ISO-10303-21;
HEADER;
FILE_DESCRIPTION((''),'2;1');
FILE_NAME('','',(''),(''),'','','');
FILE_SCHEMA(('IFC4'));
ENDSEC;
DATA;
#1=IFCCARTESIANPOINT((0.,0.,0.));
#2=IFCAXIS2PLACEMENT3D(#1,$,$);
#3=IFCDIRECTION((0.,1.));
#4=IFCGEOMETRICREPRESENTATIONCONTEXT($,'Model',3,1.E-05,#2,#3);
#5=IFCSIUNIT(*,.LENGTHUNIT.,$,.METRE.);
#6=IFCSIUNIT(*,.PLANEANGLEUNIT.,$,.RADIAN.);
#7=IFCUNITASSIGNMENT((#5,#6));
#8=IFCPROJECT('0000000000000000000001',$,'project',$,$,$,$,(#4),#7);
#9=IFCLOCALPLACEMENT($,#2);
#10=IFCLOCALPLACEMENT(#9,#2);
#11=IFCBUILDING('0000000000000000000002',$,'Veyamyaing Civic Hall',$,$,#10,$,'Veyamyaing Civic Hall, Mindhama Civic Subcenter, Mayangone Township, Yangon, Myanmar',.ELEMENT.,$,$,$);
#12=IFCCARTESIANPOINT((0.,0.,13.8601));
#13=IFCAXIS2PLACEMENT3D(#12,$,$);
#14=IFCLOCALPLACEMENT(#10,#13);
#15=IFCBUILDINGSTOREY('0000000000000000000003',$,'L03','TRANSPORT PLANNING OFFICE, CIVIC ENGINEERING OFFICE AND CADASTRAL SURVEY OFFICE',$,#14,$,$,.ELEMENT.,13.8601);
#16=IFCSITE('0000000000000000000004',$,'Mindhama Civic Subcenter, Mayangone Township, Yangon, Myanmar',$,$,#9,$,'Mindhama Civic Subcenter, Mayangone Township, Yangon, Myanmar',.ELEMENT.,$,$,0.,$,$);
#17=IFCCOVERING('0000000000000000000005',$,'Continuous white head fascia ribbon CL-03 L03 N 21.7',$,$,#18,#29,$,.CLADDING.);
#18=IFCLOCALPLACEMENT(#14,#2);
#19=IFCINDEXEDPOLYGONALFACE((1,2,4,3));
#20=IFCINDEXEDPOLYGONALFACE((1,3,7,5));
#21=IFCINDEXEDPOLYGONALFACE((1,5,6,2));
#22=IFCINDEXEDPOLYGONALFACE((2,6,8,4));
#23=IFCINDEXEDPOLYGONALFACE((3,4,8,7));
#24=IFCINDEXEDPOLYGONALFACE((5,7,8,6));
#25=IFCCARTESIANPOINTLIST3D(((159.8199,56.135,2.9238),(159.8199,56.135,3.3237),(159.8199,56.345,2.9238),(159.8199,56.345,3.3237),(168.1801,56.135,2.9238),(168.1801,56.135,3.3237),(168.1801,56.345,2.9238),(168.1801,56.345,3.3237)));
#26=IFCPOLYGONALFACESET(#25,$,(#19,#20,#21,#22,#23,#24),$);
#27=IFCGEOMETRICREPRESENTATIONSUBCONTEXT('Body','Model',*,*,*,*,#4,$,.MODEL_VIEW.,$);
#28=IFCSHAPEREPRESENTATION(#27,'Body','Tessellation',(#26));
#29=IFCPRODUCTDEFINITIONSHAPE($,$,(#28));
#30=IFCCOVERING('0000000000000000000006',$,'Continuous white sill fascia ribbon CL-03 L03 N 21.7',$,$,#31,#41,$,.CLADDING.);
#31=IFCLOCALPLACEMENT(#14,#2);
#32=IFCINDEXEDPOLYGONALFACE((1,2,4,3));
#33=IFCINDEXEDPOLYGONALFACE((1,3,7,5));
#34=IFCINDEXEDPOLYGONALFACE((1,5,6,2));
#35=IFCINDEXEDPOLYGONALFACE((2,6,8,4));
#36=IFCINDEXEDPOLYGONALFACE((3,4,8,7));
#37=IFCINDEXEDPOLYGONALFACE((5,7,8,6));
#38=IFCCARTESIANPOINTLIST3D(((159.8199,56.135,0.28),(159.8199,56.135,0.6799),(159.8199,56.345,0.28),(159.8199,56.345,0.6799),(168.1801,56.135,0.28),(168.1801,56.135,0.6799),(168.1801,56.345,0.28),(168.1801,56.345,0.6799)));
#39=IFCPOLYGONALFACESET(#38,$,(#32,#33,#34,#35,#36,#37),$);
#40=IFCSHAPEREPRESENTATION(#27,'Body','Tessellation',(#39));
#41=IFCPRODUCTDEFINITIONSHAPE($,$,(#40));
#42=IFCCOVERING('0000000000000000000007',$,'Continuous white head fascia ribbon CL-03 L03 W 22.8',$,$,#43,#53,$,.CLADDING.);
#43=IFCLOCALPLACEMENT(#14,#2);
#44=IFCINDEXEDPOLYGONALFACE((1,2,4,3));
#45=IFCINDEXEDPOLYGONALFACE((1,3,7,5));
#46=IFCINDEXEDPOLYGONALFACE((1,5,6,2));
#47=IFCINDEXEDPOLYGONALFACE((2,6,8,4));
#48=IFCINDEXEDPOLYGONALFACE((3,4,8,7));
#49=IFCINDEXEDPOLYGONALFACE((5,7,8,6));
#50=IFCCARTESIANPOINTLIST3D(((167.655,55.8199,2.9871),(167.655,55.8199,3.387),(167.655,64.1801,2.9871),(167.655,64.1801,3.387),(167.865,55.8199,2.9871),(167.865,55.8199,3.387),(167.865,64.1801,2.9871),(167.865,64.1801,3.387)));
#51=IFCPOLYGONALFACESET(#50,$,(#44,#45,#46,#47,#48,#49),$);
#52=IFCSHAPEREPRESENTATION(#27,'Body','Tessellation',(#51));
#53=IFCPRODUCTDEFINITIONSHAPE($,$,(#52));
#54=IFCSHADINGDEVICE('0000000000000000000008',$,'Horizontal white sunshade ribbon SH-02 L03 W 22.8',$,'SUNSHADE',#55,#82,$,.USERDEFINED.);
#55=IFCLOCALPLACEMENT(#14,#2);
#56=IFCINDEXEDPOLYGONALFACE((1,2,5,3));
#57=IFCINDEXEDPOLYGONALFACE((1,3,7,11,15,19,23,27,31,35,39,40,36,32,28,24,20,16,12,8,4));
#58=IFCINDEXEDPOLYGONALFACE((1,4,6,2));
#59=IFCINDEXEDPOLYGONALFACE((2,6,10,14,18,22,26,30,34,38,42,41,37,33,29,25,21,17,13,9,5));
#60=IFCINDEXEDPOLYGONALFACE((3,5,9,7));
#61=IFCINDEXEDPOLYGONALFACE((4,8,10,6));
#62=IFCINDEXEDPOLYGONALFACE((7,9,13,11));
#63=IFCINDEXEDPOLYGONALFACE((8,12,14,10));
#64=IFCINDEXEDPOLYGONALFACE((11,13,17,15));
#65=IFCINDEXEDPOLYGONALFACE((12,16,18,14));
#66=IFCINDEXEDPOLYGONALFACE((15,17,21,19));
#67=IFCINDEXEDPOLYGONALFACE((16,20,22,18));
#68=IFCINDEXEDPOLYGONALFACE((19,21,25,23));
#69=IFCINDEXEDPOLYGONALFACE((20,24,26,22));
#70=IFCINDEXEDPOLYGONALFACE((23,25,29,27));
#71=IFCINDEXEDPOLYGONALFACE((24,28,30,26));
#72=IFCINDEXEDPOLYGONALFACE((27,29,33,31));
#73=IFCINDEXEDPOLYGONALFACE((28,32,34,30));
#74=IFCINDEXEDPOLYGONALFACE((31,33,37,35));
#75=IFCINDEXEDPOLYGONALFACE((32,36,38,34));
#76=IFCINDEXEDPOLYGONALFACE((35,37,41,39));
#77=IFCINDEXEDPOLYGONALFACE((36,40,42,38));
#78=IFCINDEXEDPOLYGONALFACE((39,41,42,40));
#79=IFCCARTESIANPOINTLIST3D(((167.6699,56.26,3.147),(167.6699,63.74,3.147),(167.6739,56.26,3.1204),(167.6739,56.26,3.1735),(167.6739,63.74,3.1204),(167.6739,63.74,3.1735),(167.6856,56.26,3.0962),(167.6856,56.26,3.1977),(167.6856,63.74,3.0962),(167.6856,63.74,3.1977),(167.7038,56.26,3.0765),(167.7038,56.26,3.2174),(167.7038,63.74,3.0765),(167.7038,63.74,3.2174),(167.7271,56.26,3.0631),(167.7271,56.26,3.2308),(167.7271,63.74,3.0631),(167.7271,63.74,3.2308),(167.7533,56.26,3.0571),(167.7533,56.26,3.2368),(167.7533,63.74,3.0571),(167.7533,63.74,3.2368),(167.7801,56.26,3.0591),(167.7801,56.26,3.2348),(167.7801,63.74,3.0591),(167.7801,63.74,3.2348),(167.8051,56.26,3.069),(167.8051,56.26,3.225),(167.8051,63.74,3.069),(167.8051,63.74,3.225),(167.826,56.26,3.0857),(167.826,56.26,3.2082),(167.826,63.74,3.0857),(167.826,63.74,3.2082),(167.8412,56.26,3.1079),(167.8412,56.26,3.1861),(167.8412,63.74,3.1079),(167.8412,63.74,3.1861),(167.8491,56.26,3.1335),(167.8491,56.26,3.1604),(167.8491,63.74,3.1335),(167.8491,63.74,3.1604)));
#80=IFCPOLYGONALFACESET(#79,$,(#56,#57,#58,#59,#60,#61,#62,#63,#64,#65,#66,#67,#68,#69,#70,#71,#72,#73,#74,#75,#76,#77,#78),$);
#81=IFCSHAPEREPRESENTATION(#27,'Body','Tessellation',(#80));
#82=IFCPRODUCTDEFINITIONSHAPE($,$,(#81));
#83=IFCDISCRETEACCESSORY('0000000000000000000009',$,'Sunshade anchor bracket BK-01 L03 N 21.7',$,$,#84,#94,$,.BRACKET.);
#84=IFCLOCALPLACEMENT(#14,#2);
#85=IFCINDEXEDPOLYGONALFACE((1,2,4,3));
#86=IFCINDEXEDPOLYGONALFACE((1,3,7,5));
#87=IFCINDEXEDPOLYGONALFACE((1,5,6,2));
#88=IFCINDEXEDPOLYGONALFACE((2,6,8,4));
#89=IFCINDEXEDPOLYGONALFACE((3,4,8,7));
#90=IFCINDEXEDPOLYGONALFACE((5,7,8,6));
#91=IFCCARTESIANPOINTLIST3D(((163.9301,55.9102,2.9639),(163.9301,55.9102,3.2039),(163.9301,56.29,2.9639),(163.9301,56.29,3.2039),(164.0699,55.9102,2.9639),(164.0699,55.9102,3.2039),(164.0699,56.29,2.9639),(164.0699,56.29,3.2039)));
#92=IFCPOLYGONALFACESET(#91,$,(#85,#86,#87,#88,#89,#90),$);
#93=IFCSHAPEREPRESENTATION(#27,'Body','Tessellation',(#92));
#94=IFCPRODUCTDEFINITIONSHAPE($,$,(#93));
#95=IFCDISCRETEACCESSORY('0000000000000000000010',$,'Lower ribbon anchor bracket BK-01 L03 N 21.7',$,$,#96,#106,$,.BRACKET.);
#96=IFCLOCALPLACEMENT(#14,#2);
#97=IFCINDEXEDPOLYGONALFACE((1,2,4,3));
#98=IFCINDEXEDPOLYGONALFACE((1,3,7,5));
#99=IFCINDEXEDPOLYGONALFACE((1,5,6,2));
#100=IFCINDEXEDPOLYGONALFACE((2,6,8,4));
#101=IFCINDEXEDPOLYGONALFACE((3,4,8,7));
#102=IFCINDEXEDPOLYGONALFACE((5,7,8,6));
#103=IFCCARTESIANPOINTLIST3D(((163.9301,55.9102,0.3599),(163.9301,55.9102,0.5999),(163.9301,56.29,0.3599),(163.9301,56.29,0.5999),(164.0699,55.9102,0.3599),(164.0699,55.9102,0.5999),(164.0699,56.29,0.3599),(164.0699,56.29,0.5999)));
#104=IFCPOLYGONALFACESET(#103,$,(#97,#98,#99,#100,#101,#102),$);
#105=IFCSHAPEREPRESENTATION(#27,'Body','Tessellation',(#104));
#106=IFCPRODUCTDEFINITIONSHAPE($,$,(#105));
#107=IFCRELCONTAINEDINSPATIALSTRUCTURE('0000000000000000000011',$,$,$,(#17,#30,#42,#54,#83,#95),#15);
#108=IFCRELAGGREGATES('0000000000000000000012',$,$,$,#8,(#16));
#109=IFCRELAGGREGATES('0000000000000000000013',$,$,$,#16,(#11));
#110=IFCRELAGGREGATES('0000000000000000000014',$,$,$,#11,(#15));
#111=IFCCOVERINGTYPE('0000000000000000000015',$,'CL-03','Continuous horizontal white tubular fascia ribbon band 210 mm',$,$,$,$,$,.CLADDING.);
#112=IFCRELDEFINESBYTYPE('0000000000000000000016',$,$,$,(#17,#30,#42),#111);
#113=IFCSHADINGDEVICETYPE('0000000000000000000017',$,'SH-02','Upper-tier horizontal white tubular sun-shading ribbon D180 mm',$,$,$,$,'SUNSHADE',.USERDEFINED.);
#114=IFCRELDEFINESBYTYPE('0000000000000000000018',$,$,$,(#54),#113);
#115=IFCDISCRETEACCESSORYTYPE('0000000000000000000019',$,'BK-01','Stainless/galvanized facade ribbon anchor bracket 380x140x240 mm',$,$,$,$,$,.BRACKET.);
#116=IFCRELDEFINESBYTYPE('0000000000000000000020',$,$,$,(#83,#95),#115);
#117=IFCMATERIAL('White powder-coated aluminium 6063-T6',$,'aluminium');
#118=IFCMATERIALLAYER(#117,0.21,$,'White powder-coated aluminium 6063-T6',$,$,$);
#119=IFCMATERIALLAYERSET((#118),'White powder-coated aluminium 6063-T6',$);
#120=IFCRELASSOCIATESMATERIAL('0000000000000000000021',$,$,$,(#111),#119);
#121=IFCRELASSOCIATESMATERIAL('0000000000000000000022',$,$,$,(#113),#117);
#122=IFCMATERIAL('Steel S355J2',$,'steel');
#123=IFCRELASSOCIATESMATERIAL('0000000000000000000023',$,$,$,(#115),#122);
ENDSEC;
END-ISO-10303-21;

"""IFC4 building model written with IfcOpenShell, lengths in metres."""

from ifc_helpers import new_model, si_unit, direction, frame, origin, origin_2d, place, context, subcontext, project, spatial, rectangle, circle, extrude, material, layer, layer_set, material_profile, profile_set, type_object, element, save


model = new_model("IFC4")

# Units and contexts
model_context = context("Model", 3, precision=1e-05, world=origin(), true_north=direction((0.0, 1.0)))
body_context = subcontext(model_context, "Body", "Model", "MODEL_VIEW")
ifc_project = project(units=[si_unit("LENGTHUNIT", "METRE"), si_unit("PLANEANGLEUNIT", "RADIAN")], contexts=[model_context])

# Site, building, storey
site_placement = place(None, origin())
site = spatial("IfcSite", under=ifc_project, at=site_placement, Name="Mindhama Civic Subcenter, Mayangone Township, Yangon, Myanmar", LongName="Mindhama Civic Subcenter, Mayangone Township, Yangon, Myanmar", CompositionType="ELEMENT", RefElevation=0.0)
building_placement = place(site_placement, origin())
building = spatial("IfcBuilding", under=site, at=building_placement, Name="Veyamyaing Civic Hall", LongName="Veyamyaing Civic Hall, Mindhama Civic Subcenter, Mayangone Township, Yangon, Myanmar", CompositionType="ELEMENT")
storey_placement = place(building_placement, frame((0.0, 0.0, 13.8601)))
storey = spatial("IfcBuildingStorey", under=building, at=storey_placement, Name="L03", Description="TRANSPORT PLANNING OFFICE, CIVIC ENGINEERING OFFICE AND CADASTRAL SURVEY OFFICE", CompositionType="ELEMENT", Elevation=13.8601)

# Coverings
ifc_material_1 = material(Name="White powder-coated aluminium 6063-T6", Category="aluminium")
ifc_layer_1 = layer(ifc_material_1, 0.21, Name="White powder-coated aluminium 6063-T6")
ifc_layer_set_1 = layer_set([ifc_layer_1], Name="White powder-coated aluminium 6063-T6")
covering_type = type_object("IfcCoveringType", Name="CL-03", Description="Continuous horizontal white tubular fascia ribbon band 210 mm", PredefinedType="CLADDING", material=ifc_layer_set_1)
for number, where, z_axis, x_axis, name in (
    (1, (164.0, 56.24, 2.9238), (0.0, 0.0, 1.0), (1.0, 0.0, 0.0), "Continuous white head fascia ribbon CL-03 L03 N 21.7"),
    (2, (164.0, 56.24, 0.28), (0.0, 0.0, 1.0), (1.0, 0.0, 0.0), "Continuous white sill fascia ribbon CL-03 L03 N 21.7"),
    (3, (167.76, 60.0, 2.9871), (0.0, 0.0, 1.0), (0.0, 1.0, 0.0), "Continuous white head fascia ribbon CL-03 L03 W 22.8"),
):
    element("IfcCovering", number, at=place(storey_placement, frame(where, z_axis=z_axis, x_axis=x_axis)), inside=storey, type_object=covering_type, Name=name, PredefinedType="CLADDING", context=body_context, shape_type="SweptSolid", body=[
        extrude(rectangle(XDim=8.3601, YDim=0.21, at=origin_2d()), origin(), (0.0, 0.0, 1.0), 0.3999),
    ])

# Shading device
ifc_material_profile_1 = material_profile(ifc_material_1, circle(Radius=0.0901, at=origin_2d()), Name="SHADE-TUBE-180")
ifc_profile_set_1 = profile_set([ifc_material_profile_1], Name="White powder-coated aluminium 6063-T6")
shading_device_type = type_object("IfcShadingDeviceType", Name="SH-02", Description="Upper-tier horizontal white tubular sun-shading ribbon D180 mm", ElementType="SUNSHADE", PredefinedType="USERDEFINED", material=ifc_profile_set_1)
shading_device_placement = place(storey_placement, frame((167.76, 56.26, 3.147), z_axis=(0.0, 1.0, 0.0), x_axis=(-1.0, 0.0, 0.0)))
element("IfcShadingDevice", 4, at=shading_device_placement, inside=storey, type_object=shading_device_type, Name="Horizontal white sunshade ribbon SH-02 L03 W 22.8", ObjectType="SUNSHADE", PredefinedType="USERDEFINED", context=body_context, shape_type="SweptSolid", body=[
    extrude(circle(Radius=0.0901, at=origin_2d()), origin(), (0.0, 0.0, 1.0), 7.48),
])

# Discrete accessories
ifc_material_2 = material(Name="Steel S355J2", Category="steel")
discrete_accessory_type = type_object("IfcDiscreteAccessoryType", Name="BK-01", Description="Stainless/galvanized facade ribbon anchor bracket 380x140x240 mm", PredefinedType="BRACKET", material=ifc_material_2)
for number, where, z_axis, x_axis, name in (
    (5, (164.0, 56.1001, 2.9639), (0.0, 0.0, 1.0), (0.0, 1.0, 0.0), "Sunshade anchor bracket BK-01 L03 N 21.7"),
    (6, (164.0, 56.1001, 0.3599), (0.0, 0.0, 1.0), (0.0, 1.0, 0.0), "Lower ribbon anchor bracket BK-01 L03 N 21.7"),
):
    element("IfcDiscreteAccessory", number, at=place(storey_placement, frame(where, z_axis=z_axis, x_axis=x_axis)), inside=storey, type_object=discrete_accessory_type, Name=name, PredefinedType="BRACKET", context=body_context, shape_type="SweptSolid", body=[
        extrude(rectangle(XDim=0.3799, YDim=0.1399, at=origin_2d()), origin(), (0.0, 0.0, 1.0), 0.24),
    ])

save(model, "model.ifc")
